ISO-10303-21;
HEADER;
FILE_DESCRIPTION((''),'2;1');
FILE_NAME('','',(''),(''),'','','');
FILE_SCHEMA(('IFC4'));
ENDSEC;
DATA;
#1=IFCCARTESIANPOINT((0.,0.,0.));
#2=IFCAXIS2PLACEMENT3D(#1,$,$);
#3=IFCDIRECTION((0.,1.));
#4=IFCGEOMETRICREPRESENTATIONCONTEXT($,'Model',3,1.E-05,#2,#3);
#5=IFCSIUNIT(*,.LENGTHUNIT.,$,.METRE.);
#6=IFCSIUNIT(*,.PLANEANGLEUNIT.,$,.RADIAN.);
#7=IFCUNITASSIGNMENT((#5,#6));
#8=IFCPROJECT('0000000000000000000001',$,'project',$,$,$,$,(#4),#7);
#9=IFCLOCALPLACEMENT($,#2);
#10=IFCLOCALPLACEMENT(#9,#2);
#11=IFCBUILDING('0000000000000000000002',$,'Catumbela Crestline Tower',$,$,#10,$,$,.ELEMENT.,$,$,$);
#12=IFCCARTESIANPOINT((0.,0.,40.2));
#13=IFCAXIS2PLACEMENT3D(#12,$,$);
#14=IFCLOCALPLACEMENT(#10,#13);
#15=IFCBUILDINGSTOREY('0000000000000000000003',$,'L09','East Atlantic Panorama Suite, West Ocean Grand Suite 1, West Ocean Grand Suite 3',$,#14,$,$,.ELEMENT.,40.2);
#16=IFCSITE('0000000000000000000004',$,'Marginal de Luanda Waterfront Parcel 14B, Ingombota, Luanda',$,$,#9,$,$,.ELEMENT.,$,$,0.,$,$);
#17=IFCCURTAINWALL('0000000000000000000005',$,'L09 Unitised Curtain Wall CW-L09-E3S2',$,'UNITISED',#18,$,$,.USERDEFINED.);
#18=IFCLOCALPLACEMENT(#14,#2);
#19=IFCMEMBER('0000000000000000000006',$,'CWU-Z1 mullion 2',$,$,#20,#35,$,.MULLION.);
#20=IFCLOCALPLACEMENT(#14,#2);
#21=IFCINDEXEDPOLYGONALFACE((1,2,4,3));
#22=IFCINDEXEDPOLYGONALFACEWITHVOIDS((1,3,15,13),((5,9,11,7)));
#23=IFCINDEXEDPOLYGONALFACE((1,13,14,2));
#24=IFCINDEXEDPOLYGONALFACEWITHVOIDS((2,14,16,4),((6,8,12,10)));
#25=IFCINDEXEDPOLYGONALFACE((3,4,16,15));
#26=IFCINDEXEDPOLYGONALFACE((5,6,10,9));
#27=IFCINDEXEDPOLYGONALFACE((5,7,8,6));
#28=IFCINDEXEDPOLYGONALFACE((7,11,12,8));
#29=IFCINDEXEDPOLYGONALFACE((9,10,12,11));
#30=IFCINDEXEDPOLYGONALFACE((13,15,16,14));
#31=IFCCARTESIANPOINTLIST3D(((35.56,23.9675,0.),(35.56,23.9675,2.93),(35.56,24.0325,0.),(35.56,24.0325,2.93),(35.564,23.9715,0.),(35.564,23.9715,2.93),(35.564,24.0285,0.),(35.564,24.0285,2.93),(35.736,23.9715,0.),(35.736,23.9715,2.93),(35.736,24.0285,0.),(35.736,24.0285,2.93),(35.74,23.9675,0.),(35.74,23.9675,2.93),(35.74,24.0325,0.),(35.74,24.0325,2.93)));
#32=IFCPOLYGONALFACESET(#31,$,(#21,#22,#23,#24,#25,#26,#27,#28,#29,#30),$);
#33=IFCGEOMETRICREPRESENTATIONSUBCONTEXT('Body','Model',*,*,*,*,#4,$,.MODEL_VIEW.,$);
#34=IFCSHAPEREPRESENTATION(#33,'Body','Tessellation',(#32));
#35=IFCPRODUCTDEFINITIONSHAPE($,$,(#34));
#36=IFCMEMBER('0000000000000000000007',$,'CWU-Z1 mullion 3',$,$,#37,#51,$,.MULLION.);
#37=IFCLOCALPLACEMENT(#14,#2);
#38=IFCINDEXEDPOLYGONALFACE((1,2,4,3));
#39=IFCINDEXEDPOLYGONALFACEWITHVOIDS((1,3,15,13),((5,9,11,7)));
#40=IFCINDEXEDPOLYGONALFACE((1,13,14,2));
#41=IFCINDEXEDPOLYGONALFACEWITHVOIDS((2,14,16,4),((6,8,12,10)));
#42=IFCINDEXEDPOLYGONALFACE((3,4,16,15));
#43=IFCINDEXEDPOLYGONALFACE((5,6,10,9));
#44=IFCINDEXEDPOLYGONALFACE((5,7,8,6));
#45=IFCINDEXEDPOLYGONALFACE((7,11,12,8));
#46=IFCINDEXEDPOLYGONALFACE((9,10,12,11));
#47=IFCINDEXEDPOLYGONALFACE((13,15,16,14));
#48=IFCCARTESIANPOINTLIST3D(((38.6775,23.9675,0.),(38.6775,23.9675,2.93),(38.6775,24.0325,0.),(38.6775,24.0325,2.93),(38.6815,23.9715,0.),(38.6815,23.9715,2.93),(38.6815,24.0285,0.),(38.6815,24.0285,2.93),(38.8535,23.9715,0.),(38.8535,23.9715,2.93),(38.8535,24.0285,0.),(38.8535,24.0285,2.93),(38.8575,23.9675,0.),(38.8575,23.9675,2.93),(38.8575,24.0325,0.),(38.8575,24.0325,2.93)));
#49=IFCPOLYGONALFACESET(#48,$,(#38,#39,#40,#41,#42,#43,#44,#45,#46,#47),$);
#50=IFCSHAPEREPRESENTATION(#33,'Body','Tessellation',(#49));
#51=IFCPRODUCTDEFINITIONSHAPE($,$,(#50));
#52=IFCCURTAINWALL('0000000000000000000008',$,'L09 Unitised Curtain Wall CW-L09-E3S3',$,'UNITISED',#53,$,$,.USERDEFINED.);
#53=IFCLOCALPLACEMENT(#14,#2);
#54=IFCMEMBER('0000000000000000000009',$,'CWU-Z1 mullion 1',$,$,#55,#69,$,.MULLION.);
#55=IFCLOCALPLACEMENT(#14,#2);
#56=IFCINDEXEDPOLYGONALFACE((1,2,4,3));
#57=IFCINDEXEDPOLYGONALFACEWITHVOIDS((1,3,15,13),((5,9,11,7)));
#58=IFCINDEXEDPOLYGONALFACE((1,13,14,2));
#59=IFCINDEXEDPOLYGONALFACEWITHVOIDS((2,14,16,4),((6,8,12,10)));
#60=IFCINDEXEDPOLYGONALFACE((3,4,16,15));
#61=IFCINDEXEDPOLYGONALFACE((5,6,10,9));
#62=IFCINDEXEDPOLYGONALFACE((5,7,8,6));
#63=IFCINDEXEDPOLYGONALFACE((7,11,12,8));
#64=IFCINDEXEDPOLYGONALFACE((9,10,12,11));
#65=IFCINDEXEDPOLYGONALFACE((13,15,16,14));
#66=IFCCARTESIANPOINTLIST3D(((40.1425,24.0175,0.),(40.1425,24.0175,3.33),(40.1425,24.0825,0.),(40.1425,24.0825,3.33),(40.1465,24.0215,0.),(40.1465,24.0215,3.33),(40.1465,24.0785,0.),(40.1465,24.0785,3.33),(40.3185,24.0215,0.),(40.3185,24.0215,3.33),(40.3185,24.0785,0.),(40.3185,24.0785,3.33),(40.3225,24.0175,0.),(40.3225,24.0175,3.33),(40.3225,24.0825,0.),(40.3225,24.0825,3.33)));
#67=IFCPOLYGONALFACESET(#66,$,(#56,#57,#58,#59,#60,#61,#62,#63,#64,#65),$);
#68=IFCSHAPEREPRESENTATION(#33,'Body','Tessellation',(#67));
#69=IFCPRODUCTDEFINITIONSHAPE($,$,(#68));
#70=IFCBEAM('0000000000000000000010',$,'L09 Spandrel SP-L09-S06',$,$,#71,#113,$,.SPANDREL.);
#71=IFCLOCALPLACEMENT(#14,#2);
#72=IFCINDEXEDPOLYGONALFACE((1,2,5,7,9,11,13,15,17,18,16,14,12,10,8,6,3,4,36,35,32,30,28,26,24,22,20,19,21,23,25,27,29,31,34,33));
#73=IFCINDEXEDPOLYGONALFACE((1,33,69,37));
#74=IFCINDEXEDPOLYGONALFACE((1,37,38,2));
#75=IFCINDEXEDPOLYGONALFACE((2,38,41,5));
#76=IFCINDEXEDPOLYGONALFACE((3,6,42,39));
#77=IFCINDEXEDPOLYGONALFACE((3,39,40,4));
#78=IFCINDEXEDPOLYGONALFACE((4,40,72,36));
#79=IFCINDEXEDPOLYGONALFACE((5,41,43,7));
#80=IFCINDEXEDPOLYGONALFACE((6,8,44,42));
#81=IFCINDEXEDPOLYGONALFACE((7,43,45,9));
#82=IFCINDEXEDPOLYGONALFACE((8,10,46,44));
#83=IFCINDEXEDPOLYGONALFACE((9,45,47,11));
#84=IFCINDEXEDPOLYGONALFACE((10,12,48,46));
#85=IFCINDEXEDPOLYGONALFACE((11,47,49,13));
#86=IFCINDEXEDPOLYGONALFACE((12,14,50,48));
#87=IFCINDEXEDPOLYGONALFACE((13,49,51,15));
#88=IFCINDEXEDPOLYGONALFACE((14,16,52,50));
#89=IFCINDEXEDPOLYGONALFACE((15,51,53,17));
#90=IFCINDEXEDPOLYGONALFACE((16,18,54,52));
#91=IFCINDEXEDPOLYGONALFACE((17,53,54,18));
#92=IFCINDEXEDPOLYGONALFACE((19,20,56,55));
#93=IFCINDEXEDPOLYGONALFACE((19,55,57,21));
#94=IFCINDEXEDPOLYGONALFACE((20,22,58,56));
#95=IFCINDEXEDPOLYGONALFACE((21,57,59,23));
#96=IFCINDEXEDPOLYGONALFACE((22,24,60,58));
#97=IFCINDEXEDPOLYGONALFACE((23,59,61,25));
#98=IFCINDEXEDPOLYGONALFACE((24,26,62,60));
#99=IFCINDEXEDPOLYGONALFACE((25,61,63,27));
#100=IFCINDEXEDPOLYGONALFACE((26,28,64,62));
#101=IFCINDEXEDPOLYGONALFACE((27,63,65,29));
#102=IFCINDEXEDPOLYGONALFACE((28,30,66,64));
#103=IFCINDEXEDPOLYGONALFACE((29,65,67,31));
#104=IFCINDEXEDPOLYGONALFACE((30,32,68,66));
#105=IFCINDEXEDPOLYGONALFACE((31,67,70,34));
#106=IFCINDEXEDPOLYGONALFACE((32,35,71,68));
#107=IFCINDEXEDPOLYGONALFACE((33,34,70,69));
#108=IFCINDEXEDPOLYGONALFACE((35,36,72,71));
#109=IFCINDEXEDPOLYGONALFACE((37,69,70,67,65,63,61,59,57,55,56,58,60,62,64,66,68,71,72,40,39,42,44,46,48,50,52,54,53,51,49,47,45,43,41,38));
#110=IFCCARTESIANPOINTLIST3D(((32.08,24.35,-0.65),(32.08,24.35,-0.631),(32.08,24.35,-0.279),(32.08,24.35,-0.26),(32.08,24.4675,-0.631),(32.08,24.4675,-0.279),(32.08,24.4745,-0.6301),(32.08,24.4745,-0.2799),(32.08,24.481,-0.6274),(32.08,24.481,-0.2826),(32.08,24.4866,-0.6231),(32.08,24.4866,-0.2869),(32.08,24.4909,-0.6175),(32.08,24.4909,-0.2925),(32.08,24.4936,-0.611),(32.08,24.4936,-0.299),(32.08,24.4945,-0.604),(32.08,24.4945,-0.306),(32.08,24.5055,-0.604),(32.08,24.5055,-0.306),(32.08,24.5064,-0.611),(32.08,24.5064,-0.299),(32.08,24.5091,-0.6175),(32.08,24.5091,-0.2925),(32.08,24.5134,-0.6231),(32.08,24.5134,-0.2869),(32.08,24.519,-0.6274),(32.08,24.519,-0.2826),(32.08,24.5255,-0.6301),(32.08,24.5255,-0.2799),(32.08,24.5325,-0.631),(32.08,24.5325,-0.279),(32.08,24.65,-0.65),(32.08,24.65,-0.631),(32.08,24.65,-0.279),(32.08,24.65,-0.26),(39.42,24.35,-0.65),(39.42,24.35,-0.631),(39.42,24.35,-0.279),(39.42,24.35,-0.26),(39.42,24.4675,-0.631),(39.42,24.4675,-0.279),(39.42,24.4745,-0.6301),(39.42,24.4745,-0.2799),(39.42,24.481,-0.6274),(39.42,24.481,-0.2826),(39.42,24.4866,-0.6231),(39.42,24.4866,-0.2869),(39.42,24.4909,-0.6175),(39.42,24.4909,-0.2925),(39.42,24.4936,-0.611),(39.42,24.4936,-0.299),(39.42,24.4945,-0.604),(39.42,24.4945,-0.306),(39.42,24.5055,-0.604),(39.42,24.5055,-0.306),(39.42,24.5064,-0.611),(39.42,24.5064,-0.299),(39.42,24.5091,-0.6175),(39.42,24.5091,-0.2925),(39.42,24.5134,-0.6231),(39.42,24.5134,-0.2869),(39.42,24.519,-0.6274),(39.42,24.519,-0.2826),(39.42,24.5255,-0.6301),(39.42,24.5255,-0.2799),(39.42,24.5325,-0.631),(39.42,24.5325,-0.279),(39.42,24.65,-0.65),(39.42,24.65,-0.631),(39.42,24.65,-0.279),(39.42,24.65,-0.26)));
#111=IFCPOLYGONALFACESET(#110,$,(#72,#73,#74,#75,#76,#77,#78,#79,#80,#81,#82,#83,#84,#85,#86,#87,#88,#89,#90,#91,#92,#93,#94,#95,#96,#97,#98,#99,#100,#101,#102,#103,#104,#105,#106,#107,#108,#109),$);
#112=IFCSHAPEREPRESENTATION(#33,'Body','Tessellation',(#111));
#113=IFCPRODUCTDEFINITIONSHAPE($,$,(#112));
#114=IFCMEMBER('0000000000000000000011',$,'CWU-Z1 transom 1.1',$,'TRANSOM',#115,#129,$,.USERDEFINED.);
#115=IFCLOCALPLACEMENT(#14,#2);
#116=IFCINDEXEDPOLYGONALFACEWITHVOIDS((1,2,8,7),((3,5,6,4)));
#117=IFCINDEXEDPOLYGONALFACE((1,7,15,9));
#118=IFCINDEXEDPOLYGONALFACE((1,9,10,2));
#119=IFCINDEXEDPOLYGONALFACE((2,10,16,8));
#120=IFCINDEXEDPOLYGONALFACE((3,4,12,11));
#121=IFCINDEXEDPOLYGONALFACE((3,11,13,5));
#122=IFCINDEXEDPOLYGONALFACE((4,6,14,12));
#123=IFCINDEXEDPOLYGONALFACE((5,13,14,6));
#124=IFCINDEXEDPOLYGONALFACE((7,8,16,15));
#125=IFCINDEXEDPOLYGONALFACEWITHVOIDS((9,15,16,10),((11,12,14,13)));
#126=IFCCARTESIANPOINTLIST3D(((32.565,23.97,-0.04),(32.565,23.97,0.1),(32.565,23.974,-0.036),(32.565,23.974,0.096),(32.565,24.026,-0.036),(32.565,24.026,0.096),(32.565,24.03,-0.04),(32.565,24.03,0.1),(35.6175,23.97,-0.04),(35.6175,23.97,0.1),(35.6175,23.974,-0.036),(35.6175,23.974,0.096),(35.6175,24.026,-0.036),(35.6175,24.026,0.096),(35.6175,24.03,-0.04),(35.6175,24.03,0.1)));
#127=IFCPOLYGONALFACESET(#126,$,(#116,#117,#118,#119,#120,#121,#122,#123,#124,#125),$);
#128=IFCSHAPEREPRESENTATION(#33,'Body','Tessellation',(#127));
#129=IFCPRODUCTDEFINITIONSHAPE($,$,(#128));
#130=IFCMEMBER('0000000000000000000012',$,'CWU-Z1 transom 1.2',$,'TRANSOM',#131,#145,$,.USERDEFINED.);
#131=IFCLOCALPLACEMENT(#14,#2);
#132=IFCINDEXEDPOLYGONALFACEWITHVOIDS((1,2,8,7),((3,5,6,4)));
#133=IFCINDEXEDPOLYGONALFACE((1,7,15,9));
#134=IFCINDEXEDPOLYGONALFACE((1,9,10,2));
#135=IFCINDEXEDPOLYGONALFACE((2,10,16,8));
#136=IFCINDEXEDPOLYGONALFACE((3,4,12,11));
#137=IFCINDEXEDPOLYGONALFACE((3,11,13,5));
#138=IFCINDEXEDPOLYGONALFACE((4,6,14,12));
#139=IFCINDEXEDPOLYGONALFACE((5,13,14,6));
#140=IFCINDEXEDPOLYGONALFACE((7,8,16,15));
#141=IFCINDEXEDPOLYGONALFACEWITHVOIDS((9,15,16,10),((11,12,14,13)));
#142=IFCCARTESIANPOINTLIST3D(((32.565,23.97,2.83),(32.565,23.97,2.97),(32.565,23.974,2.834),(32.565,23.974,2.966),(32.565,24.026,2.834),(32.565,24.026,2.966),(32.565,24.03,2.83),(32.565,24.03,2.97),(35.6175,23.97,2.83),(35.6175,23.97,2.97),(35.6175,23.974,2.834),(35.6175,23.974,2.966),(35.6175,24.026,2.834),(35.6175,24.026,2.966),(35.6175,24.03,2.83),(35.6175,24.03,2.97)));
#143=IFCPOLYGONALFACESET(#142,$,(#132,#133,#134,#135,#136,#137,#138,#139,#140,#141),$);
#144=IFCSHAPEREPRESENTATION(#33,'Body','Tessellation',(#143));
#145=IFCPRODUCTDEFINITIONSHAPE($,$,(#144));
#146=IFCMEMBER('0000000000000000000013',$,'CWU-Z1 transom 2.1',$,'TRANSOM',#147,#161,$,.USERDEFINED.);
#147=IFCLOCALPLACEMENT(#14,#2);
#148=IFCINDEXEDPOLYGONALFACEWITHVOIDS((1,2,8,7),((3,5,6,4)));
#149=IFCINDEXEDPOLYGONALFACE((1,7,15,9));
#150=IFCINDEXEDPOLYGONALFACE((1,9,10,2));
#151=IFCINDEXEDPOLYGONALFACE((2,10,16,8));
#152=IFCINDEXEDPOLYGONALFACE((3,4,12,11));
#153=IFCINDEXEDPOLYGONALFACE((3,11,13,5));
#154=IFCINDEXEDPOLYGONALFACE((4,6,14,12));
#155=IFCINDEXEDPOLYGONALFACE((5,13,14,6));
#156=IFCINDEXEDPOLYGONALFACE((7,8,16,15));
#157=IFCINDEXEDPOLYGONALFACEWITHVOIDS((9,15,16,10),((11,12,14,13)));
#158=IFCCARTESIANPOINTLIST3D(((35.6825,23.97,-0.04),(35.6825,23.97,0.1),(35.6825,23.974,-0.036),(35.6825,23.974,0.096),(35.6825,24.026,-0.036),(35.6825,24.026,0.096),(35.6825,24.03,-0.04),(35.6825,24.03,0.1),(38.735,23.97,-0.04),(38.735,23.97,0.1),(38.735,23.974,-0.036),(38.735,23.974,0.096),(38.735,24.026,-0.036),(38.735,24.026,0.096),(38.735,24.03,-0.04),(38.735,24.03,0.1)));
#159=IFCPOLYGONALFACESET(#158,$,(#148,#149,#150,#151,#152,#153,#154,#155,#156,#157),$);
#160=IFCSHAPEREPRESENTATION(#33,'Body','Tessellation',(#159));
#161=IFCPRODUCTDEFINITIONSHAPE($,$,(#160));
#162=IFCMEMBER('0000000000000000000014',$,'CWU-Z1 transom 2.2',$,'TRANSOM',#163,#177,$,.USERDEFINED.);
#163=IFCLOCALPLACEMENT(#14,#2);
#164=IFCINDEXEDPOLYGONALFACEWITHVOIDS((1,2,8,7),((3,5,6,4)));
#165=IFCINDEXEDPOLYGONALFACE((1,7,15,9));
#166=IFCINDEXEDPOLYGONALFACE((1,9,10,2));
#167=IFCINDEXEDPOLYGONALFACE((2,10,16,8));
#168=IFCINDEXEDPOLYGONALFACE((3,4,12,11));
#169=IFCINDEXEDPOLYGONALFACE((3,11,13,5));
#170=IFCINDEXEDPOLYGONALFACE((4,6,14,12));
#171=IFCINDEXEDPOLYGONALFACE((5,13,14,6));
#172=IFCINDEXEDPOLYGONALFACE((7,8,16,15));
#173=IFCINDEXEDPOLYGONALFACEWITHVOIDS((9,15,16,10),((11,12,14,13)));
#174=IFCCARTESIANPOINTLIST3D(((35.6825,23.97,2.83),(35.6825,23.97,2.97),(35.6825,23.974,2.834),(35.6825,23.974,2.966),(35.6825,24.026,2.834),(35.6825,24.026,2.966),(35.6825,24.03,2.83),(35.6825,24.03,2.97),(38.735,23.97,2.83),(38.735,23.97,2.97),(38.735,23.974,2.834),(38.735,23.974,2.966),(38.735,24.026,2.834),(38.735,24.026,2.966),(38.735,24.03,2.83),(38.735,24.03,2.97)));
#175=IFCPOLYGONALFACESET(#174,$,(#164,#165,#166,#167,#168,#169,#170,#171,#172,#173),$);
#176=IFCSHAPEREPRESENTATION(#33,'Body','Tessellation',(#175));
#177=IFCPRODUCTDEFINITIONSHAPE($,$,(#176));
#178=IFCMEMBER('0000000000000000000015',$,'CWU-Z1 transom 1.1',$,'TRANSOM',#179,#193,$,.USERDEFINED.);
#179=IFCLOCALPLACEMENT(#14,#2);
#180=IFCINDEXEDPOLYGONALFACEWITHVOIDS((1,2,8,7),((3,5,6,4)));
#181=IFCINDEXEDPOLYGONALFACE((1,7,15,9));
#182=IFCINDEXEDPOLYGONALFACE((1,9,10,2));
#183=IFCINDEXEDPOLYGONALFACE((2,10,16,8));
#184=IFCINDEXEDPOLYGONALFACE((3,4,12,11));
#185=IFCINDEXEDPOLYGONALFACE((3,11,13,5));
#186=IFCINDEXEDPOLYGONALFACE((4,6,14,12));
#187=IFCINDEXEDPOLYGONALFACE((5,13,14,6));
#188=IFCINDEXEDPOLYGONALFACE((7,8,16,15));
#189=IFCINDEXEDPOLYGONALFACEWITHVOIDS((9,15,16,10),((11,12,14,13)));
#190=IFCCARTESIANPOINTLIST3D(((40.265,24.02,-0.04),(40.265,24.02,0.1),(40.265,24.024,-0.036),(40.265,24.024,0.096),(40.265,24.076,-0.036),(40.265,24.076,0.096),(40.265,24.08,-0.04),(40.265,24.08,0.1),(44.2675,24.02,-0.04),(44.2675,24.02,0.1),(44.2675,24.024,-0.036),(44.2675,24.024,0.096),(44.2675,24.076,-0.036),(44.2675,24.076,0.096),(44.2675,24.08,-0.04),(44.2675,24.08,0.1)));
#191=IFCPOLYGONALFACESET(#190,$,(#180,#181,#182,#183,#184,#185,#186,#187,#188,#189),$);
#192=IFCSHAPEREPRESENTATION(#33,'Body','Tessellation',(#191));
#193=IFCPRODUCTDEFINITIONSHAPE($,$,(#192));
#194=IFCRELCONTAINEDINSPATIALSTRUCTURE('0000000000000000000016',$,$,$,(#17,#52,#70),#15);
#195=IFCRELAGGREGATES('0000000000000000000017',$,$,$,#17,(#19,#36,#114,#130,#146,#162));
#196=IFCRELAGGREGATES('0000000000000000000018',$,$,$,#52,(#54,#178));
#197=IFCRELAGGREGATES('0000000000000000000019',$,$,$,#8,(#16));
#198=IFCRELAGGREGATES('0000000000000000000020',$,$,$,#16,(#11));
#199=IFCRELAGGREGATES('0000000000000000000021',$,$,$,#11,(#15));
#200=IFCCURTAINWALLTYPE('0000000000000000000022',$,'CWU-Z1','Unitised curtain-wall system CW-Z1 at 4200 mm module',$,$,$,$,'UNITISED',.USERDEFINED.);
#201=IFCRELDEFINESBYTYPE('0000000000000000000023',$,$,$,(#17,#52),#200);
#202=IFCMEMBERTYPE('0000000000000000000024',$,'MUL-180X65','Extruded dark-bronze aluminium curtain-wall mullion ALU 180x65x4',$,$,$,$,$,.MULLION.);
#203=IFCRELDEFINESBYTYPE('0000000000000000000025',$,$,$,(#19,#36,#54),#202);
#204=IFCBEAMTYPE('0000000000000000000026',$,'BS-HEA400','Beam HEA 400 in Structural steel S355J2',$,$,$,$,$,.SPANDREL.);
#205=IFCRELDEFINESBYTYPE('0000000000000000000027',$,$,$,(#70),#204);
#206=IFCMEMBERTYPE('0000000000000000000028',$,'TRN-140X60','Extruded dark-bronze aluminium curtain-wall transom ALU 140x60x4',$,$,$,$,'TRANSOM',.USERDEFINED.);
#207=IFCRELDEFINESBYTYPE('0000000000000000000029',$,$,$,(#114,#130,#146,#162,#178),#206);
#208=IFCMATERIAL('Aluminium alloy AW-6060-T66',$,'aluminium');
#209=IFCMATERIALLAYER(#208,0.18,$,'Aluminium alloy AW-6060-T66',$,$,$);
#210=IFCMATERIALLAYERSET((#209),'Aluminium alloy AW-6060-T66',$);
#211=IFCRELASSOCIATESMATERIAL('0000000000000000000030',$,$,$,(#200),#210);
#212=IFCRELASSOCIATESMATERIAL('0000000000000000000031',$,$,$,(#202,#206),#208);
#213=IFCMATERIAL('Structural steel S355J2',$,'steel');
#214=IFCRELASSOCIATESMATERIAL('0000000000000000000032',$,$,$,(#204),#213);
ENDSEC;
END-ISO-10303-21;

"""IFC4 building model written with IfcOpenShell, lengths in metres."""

from ifc_helpers import new_model, si_unit, direction, frame, origin, origin_2d, place, context, subcontext, project, spatial, hollow_rectangle, i_section, extrude, material, layer, layer_set, material_profile, profile_set, type_object, element, aggregate, save


model = new_model("IFC4")

# Units and contexts
model_context = context("Model", 3, precision=1e-05, world=origin(), true_north=direction((0.0, 1.0)))
body_context = subcontext(model_context, "Body", "Model", "MODEL_VIEW")
ifc_project = project(units=[si_unit("LENGTHUNIT", "METRE"), si_unit("PLANEANGLEUNIT", "RADIAN")], contexts=[model_context])

# Site, building, storey
site_placement = place(None, origin())
site = spatial("IfcSite", under=ifc_project, at=site_placement, Name="Marginal de Luanda Waterfront Parcel 14B, Ingombota, Luanda", CompositionType="ELEMENT", RefElevation=0.0)
building_placement = place(site_placement, origin())
building = spatial("IfcBuilding", under=site, at=building_placement, Name="Catumbela Crestline Tower", CompositionType="ELEMENT")
storey_placement = place(building_placement, frame((0.0, 0.0, 40.2)))
storey = spatial("IfcBuildingStorey", under=building, at=storey_placement, Name="L09", Description="East Atlantic Panorama Suite, West Ocean Grand Suite 1, West Ocean Grand Suite 3", CompositionType="ELEMENT", Elevation=40.2)

# Shared definitions
ifc_material_1 = material(Name="Structural steel S355J2", Category="steel")

# Curtain wall, members
ifc_material_2 = material(Name="Aluminium alloy AW-6060-T66", Category="aluminium")
ifc_layer_1 = layer(ifc_material_2, 0.18, Name="Aluminium alloy AW-6060-T66")
ifc_layer_set_1 = layer_set([ifc_layer_1], Name="Aluminium alloy AW-6060-T66")
curtain_wall_type = type_object("IfcCurtainWallType", Name="CWU-Z1", Description="Unitised curtain-wall system CW-Z1 at 4200 mm module", ElementType="UNITISED", PredefinedType="USERDEFINED", material=ifc_layer_set_1)
curtain_wall_1_placement = place(storey_placement, origin())
curtain_wall_1 = element("IfcCurtainWall", 1, at=curtain_wall_1_placement, inside=storey, type_object=curtain_wall_type, Name="L09 Unitised Curtain Wall CW-L09-E3S2", ObjectType="UNITISED", PredefinedType="USERDEFINED")
ifc_material_profile_1 = material_profile(ifc_material_2, hollow_rectangle(XDim=0.065, YDim=0.18, WallThickness=0.004, at=origin_2d()), Name="ALU 180x65x4")
ifc_profile_set_1 = profile_set([ifc_material_profile_1], Name="Aluminium alloy AW-6060-T66")
member_type_1 = type_object("IfcMemberType", Name="MUL-180X65", Description="Extruded dark-bronze aluminium curtain-wall mullion ALU 180x65x4", PredefinedType="MULLION", material=ifc_profile_set_1)
member_1_placement = place(storey_placement, frame((35.65, 24.0, 0.0), z_axis=(0.0, 0.0, 1.0), x_axis=(0.0, 1.0, 0.0)))
member_1 = element("IfcMember", 2, at=member_1_placement, type_object=member_type_1, Name="CWU-Z1 mullion 2", PredefinedType="MULLION", context=body_context, shape_type="SweptSolid", body=[
    extrude(hollow_rectangle(XDim=0.065, YDim=0.18, WallThickness=0.004, at=origin_2d()), origin(), (0.0, 0.0, 1.0), 2.93),
])
member_2_placement = place(storey_placement, frame((38.7675, 24.0, 0.0), z_axis=(0.0, 0.0, 1.0), x_axis=(0.0, 1.0, 0.0)))
member_2 = element("IfcMember", 3, at=member_2_placement, type_object=member_type_1, Name="CWU-Z1 mullion 3", PredefinedType="MULLION", context=body_context, shape_type="SweptSolid", body=[
    extrude(hollow_rectangle(XDim=0.065, YDim=0.18, WallThickness=0.004, at=origin_2d()), origin(), (0.0, 0.0, 1.0), 2.93),
])

# Curtain wall, member
curtain_wall_2_placement = place(storey_placement, origin())
curtain_wall_2 = element("IfcCurtainWall", 4, at=curtain_wall_2_placement, inside=storey, type_object=curtain_wall_type, Name="L09 Unitised Curtain Wall CW-L09-E3S3", ObjectType="UNITISED", PredefinedType="USERDEFINED")
member_3_placement = place(storey_placement, frame((40.2325, 24.05, 0.0), z_axis=(0.0, 0.0, 1.0), x_axis=(0.0, 1.0, 0.0)))
member_3 = element("IfcMember", 5, at=member_3_placement, type_object=member_type_1, Name="CWU-Z1 mullion 1", PredefinedType="MULLION", context=body_context, shape_type="SweptSolid", body=[
    extrude(hollow_rectangle(XDim=0.065, YDim=0.18, WallThickness=0.004, at=origin_2d()), origin(), (0.0, 0.0, 1.0), 3.33),
])

# Beam
ifc_material_profile_2 = material_profile(ifc_material_1, i_section(OverallWidth=0.3, OverallDepth=0.39, WebThickness=0.011, FlangeThickness=0.019, FilletRadius=0.027, at=origin_2d()), Name="HEA 400")
ifc_profile_set_2 = profile_set([ifc_material_profile_2], Name="Structural steel S355J2")
beam_type_1 = type_object("IfcBeamType", Name="BS-HEA400", Description="Beam HEA 400 in Structural steel S355J2", PredefinedType="SPANDREL", material=ifc_profile_set_2)
beam_1_placement = place(storey_placement, frame((32.08, 24.5, -0.455), z_axis=(1.0, 0.0, 0.0), x_axis=(0.0, 1.0, 0.0)))
element("IfcBeam", 6, at=beam_1_placement, inside=storey, type_object=beam_type_1, Name="L09 Spandrel SP-L09-S06", PredefinedType="SPANDREL", context=body_context, shape_type="SweptSolid", body=[
    extrude(i_section(OverallWidth=0.3, OverallDepth=0.39, WebThickness=0.011, FlangeThickness=0.019, FilletRadius=0.027, at=origin_2d()), origin(), (0.0, 0.0, 1.0), 7.34),
])

# Members
ifc_material_profile_3 = material_profile(ifc_material_2, hollow_rectangle(XDim=0.06, YDim=0.14, WallThickness=0.004, at=origin_2d()), Name="ALU 140x60x4")
ifc_profile_set_3 = profile_set([ifc_material_profile_3], Name="Aluminium alloy AW-6060-T66")
member_type_2 = type_object("IfcMemberType", Name="TRN-140X60", Description="Extruded dark-bronze aluminium curtain-wall transom ALU 140x60x4", ElementType="TRANSOM", PredefinedType="USERDEFINED", material=ifc_profile_set_3)
member_4_placement = place(storey_placement, frame((32.565, 24.0, 0.03), z_axis=(1.0, 0.0, 0.0), x_axis=(0.0, 1.0, 0.0)))
member_4 = element("IfcMember", 7, at=member_4_placement, type_object=member_type_2, Name="CWU-Z1 transom 1.1", ObjectType="TRANSOM", PredefinedType="USERDEFINED", context=body_context, shape_type="SweptSolid", body=[
    extrude(hollow_rectangle(XDim=0.06, YDim=0.14, WallThickness=0.004, at=origin_2d()), origin(), (0.0, 0.0, 1.0), 3.0525),
])
member_5_placement = place(storey_placement, frame((32.565, 24.0, 2.9), z_axis=(1.0, 0.0, 0.0), x_axis=(0.0, 1.0, 0.0)))
member_5 = element("IfcMember", 8, at=member_5_placement, type_object=member_type_2, Name="CWU-Z1 transom 1.2", ObjectType="TRANSOM", PredefinedType="USERDEFINED", context=body_context, shape_type="SweptSolid", body=[
    extrude(hollow_rectangle(XDim=0.06, YDim=0.14, WallThickness=0.004, at=origin_2d()), origin(), (0.0, 0.0, 1.0), 3.0525),
])
member_6_placement = place(storey_placement, frame((35.6825, 24.0, 0.03), z_axis=(1.0, 0.0, 0.0), x_axis=(0.0, 1.0, 0.0)))
member_6 = element("IfcMember", 9, at=member_6_placement, type_object=member_type_2, Name="CWU-Z1 transom 2.1", ObjectType="TRANSOM", PredefinedType="USERDEFINED", context=body_context, shape_type="SweptSolid", body=[
    extrude(hollow_rectangle(XDim=0.06, YDim=0.14, WallThickness=0.004, at=origin_2d()), origin(), (0.0, 0.0, 1.0), 3.0525),
])
member_7_placement = place(storey_placement, frame((35.6825, 24.0, 2.9), z_axis=(1.0, 0.0, 0.0), x_axis=(0.0, 1.0, 0.0)))
member_7 = element("IfcMember", 10, at=member_7_placement, type_object=member_type_2, Name="CWU-Z1 transom 2.2", ObjectType="TRANSOM", PredefinedType="USERDEFINED", context=body_context, shape_type="SweptSolid", body=[
    extrude(hollow_rectangle(XDim=0.06, YDim=0.14, WallThickness=0.004, at=origin_2d()), origin(), (0.0, 0.0, 1.0), 3.0525),
])
member_8_placement = place(storey_placement, frame((40.265, 24.05, 0.03), z_axis=(1.0, 0.0, 0.0), x_axis=(0.0, 1.0, 0.0)))
member_8 = element("IfcMember", 11, at=member_8_placement, type_object=member_type_2, Name="CWU-Z1 transom 1.1", ObjectType="TRANSOM", PredefinedType="USERDEFINED", context=body_context, shape_type="SweptSolid", body=[
    extrude(hollow_rectangle(XDim=0.06, YDim=0.14, WallThickness=0.004, at=origin_2d()), origin(), (0.0, 0.0, 1.0), 4.0025),
])

aggregate(curtain_wall_1, [member_1, member_2, member_4, member_5, member_6, member_7])
aggregate(curtain_wall_2, [member_3, member_8])

save(model, "model.ifc")
